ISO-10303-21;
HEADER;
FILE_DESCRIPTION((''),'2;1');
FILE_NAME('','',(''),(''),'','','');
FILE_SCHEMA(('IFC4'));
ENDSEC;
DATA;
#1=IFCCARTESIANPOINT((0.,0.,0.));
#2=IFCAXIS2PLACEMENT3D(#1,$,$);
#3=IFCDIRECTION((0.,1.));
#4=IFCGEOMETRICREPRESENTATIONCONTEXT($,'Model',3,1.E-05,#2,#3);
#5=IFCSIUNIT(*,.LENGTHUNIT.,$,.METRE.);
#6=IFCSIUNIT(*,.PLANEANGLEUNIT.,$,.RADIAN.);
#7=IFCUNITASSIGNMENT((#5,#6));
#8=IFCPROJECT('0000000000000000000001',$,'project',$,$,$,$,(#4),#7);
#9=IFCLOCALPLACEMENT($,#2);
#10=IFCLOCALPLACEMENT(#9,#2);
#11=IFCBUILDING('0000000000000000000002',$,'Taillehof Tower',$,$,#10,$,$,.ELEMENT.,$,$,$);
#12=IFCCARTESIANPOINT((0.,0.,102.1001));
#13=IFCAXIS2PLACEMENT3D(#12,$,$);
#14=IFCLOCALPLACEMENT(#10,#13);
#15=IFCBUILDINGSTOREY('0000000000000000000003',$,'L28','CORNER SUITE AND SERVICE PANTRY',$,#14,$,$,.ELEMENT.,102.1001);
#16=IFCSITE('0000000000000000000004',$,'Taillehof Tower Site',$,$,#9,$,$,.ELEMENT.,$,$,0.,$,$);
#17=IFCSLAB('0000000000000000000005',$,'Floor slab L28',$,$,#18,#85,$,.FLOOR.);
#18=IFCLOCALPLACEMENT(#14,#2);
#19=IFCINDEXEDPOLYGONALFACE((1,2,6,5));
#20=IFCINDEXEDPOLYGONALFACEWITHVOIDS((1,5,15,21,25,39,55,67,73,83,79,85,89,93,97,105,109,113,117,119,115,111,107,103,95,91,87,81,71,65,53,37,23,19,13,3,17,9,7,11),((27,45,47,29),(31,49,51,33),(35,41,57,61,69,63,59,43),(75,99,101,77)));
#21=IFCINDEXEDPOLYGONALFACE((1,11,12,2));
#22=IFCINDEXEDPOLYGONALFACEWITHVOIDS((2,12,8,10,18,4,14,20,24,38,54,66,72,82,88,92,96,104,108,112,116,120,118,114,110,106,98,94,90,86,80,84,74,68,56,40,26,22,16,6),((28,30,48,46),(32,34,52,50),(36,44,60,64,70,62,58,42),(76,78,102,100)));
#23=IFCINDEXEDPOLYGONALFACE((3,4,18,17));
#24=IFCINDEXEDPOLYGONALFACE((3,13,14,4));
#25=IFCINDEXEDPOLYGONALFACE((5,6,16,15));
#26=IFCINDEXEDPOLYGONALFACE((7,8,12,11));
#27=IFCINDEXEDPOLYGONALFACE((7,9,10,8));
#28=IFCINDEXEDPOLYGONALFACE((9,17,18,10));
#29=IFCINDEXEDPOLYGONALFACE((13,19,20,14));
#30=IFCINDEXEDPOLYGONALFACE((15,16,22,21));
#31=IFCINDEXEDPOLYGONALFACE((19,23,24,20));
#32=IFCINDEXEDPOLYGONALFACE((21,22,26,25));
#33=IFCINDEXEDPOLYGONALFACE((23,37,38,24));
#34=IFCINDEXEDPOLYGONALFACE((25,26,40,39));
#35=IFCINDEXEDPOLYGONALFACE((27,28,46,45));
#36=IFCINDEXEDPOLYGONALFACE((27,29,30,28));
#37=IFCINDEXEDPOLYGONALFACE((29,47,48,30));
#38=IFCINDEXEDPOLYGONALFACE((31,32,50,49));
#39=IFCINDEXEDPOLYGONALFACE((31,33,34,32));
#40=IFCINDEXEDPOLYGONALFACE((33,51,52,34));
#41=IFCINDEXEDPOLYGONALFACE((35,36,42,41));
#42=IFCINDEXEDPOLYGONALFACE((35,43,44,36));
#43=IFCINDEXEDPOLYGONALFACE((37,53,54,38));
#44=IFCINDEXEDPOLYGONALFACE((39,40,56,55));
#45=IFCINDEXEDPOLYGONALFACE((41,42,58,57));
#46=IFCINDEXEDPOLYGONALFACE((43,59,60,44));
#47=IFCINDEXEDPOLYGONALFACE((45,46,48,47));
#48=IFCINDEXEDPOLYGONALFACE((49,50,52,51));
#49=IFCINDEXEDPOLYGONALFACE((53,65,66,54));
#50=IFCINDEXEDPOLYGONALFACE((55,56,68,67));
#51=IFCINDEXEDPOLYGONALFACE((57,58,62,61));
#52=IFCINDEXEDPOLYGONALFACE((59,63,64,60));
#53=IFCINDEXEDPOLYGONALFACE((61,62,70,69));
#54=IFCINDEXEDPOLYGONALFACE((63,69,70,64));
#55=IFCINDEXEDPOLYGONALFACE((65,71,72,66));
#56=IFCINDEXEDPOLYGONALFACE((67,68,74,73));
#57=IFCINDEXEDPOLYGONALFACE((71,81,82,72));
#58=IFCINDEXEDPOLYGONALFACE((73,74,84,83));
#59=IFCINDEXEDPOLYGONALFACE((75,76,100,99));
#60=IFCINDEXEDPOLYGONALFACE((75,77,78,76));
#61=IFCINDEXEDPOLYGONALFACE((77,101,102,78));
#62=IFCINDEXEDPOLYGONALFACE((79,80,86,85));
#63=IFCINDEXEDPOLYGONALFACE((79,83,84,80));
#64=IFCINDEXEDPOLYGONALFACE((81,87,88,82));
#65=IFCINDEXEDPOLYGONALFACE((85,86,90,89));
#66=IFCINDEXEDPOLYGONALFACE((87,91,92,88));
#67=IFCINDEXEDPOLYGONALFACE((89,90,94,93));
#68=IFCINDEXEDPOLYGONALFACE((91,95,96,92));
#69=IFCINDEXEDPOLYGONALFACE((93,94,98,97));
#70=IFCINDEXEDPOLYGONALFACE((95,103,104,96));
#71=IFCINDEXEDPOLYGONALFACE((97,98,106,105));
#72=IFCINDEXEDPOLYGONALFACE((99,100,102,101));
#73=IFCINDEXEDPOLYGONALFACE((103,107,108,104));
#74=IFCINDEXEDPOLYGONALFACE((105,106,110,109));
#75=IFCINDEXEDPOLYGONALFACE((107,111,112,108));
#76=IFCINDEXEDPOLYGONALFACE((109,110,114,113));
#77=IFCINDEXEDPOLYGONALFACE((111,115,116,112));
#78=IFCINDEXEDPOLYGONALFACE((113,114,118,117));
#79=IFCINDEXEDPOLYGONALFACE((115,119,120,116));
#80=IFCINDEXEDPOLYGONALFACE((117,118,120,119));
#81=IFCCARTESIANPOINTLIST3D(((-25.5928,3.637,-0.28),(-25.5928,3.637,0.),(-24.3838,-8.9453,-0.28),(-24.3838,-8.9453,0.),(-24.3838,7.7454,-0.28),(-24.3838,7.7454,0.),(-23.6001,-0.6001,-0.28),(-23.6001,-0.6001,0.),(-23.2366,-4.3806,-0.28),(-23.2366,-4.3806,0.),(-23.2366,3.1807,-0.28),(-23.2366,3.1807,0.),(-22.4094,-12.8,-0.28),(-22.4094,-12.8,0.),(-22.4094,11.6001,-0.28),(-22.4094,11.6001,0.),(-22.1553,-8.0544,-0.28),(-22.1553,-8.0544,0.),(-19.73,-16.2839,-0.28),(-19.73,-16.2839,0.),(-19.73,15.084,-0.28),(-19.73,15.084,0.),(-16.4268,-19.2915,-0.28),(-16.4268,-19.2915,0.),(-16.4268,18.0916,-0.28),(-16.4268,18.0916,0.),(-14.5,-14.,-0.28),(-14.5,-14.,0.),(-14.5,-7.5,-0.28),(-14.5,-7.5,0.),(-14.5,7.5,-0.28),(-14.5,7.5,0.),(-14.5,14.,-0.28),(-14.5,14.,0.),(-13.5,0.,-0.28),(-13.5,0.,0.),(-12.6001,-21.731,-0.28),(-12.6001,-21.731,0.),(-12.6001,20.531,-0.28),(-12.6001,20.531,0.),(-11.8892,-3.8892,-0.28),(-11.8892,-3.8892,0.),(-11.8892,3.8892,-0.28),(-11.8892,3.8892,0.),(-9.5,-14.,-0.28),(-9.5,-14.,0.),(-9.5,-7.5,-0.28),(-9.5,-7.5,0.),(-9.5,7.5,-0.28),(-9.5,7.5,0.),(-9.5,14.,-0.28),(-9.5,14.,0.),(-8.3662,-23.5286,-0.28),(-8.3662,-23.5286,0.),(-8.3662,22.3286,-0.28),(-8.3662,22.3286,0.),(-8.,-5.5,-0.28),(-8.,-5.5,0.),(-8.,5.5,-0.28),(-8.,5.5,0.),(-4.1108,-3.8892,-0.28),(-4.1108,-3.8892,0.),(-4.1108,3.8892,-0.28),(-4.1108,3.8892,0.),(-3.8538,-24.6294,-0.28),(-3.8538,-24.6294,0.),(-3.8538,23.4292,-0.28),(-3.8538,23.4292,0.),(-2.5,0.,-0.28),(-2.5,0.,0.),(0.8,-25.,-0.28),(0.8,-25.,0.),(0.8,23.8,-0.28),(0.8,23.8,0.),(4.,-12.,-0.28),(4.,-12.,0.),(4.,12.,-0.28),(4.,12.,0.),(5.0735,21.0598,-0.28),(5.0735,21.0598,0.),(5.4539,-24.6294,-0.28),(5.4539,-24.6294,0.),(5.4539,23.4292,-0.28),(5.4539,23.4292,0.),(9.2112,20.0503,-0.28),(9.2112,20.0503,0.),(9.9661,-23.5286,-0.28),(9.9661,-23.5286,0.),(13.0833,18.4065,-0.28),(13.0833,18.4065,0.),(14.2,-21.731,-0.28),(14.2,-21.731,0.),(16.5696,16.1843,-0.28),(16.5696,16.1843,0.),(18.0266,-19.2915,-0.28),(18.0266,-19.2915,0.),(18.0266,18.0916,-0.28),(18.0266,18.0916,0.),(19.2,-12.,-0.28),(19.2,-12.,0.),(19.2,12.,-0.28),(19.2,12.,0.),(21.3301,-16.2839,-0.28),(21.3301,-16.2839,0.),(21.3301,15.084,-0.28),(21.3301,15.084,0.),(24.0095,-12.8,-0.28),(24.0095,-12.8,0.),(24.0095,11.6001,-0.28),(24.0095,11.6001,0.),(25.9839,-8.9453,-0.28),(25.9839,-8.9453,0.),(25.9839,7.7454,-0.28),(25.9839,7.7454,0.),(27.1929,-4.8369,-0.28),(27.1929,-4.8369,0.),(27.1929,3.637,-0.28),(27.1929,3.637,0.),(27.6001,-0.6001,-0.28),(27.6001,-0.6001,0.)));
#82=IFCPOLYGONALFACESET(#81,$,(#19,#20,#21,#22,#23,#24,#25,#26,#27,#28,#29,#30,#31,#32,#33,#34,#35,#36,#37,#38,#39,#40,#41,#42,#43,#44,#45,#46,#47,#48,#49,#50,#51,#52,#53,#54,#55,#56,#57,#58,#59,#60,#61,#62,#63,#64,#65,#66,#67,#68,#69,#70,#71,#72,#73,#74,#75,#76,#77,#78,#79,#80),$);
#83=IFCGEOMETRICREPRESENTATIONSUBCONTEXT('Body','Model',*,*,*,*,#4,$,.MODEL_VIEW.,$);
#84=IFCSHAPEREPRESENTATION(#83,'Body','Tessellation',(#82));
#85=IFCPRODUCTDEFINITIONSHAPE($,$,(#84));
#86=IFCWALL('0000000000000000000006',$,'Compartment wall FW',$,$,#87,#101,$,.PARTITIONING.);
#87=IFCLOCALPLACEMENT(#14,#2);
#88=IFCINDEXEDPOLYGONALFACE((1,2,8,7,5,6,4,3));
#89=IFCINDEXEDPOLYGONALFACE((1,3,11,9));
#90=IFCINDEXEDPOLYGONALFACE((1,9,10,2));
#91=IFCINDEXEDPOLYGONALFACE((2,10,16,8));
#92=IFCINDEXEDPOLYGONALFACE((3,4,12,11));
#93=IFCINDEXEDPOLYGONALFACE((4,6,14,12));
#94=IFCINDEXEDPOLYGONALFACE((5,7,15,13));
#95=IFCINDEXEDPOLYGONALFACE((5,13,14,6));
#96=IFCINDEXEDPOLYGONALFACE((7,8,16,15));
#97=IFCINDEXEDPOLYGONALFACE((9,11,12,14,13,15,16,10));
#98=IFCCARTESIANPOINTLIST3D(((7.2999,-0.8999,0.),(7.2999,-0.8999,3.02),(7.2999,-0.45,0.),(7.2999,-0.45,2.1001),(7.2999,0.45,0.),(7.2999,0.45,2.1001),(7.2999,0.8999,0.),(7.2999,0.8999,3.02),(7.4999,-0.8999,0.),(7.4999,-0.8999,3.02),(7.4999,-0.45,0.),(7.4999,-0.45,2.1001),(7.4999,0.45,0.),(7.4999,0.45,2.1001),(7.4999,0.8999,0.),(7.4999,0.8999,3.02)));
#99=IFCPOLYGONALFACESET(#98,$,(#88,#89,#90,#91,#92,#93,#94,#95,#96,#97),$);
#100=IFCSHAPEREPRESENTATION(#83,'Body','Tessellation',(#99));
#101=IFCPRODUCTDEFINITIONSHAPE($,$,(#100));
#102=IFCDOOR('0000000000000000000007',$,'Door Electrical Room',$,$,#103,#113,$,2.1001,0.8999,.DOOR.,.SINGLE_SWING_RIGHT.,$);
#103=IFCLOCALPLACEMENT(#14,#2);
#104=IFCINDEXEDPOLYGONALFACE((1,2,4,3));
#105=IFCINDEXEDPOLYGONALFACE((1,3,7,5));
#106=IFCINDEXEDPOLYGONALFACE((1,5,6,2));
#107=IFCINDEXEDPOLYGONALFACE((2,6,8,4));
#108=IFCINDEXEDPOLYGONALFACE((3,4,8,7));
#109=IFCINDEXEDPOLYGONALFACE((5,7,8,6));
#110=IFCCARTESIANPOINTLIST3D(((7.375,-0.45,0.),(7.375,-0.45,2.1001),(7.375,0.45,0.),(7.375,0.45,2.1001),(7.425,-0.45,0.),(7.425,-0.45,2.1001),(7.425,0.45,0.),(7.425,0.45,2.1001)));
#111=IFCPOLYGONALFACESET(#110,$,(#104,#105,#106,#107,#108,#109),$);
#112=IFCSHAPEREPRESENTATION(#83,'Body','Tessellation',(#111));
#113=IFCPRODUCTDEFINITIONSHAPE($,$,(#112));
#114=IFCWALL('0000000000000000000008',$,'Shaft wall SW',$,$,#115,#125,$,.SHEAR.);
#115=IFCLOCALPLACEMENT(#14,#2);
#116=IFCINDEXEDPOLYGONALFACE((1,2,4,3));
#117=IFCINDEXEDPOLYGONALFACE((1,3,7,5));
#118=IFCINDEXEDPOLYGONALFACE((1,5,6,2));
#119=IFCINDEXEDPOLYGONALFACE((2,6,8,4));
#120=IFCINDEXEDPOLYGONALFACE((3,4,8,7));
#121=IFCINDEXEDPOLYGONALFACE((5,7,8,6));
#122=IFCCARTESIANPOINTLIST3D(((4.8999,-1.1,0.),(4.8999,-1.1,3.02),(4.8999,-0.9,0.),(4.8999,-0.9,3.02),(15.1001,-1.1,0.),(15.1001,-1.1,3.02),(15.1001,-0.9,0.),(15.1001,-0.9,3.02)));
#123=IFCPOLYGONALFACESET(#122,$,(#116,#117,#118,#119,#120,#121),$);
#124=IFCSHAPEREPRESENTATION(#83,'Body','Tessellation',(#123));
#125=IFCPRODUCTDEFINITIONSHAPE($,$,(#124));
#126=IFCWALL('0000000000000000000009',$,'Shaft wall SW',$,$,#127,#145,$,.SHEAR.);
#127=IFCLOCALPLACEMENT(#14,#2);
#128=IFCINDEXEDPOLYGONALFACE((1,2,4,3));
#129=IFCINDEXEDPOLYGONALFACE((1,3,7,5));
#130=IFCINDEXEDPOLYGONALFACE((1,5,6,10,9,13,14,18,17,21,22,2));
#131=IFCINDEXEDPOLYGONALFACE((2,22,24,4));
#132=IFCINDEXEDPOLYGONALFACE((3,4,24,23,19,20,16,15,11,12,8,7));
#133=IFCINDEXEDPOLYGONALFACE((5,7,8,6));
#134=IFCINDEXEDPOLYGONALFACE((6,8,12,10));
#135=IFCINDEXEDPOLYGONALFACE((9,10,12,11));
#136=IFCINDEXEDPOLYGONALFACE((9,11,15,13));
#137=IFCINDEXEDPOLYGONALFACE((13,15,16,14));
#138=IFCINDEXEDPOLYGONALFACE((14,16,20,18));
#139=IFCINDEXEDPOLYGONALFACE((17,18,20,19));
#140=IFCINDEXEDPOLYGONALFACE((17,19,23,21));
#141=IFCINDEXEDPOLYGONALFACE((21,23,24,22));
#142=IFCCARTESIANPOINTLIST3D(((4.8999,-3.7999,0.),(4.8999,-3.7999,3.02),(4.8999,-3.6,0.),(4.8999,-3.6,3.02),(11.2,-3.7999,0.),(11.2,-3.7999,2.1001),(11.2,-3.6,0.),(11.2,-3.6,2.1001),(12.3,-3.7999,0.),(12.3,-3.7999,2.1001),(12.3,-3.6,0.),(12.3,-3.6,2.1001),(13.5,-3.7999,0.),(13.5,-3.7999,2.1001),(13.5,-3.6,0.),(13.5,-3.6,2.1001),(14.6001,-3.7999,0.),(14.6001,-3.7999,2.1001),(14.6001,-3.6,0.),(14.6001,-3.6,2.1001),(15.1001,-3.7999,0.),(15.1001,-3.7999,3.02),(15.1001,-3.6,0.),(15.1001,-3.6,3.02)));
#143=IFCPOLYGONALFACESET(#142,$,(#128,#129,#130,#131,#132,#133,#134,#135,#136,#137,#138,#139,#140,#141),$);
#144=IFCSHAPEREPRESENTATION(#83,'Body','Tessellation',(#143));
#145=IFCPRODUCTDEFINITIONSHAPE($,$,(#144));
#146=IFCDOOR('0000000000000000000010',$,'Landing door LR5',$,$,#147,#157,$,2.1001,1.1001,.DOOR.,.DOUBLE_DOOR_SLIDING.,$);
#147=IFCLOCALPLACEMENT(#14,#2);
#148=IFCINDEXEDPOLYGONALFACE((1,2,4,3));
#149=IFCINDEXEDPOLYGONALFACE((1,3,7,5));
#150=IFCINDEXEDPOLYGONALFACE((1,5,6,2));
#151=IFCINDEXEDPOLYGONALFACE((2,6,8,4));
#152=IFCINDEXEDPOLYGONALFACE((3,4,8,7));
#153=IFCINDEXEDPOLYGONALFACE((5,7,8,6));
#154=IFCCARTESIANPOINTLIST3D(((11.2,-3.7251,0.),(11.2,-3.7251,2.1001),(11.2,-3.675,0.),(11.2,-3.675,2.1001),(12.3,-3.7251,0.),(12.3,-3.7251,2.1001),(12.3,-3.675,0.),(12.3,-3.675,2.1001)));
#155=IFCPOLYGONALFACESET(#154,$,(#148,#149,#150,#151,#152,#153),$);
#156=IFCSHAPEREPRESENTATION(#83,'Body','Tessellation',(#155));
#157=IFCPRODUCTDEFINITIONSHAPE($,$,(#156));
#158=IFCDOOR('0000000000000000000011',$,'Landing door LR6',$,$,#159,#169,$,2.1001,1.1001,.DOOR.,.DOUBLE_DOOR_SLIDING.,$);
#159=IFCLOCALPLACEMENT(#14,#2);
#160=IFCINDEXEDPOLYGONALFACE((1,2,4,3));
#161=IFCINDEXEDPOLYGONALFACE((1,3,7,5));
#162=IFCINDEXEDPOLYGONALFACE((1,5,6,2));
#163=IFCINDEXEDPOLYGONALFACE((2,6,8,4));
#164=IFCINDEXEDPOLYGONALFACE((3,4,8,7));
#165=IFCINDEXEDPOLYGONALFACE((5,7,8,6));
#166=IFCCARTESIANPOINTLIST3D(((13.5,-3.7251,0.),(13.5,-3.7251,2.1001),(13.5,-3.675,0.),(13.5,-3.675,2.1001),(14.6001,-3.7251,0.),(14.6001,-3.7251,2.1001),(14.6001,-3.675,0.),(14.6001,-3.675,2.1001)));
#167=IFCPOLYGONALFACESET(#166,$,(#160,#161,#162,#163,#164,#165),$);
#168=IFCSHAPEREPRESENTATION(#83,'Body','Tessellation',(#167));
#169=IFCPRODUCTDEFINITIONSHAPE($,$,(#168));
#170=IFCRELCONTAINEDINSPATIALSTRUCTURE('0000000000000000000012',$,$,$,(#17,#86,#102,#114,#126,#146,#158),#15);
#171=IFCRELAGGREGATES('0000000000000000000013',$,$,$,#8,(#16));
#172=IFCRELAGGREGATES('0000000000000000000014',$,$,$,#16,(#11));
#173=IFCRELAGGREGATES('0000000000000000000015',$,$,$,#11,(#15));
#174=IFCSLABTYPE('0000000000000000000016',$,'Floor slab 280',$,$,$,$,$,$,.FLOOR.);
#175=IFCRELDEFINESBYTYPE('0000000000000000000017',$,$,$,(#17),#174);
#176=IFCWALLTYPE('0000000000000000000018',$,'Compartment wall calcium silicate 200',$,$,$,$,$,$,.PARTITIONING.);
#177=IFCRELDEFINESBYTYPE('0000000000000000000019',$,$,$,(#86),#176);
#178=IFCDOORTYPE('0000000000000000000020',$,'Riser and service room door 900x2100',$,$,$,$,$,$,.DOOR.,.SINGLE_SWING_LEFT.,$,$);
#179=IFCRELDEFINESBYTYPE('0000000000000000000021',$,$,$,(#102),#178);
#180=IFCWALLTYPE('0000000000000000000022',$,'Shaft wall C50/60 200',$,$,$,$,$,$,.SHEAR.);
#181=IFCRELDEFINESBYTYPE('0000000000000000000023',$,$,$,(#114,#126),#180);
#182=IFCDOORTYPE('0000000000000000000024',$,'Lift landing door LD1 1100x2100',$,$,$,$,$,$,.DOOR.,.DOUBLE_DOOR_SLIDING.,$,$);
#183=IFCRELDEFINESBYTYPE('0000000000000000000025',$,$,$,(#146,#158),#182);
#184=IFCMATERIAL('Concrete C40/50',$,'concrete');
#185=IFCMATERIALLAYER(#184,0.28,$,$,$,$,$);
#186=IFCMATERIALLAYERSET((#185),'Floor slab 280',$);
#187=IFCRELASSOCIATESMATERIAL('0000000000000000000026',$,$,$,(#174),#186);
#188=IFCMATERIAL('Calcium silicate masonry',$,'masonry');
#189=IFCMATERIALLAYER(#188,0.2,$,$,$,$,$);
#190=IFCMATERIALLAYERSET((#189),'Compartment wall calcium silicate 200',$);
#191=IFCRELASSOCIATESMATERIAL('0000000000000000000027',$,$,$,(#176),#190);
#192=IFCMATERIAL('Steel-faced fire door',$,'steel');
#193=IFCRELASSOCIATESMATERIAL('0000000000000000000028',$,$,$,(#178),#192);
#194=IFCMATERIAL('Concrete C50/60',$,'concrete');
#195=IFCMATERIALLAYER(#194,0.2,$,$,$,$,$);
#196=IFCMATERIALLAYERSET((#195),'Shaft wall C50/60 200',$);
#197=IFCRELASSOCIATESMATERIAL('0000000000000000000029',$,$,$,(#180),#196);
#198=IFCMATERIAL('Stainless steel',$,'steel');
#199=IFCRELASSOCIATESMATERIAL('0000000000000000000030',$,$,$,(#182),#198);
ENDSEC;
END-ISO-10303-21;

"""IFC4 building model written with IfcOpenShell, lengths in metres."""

from ifc_helpers import new_model, si_unit, direction, frame, frame_2d, origin, place, context, subcontext, project, spatial, polyline, rectangle, outline, extrude, material, layer, layer_set, type_object, element, fill, save


model = new_model("IFC4")

# Units and contexts
model_context = context("Model", 3, precision=1e-05, world=origin(), true_north=direction((0.0, 1.0)))
body_context = subcontext(model_context, "Body", "Model", "MODEL_VIEW")
ifc_project = project(units=[si_unit("LENGTHUNIT", "METRE"), si_unit("PLANEANGLEUNIT", "RADIAN")], contexts=[model_context])

# Site, building, storey
site_placement = place(None, origin())
site = spatial("IfcSite", under=ifc_project, at=site_placement, Name="Taillehof Tower Site", CompositionType="ELEMENT", RefElevation=0.0)
building_placement = place(site_placement, origin())
building = spatial("IfcBuilding", under=site, at=building_placement, Name="Taillehof Tower", CompositionType="ELEMENT")
storey_placement = place(building_placement, frame((0.0, 0.0, 102.1001)))
storey = spatial("IfcBuildingStorey", under=building, at=storey_placement, Name="L28", Description="CORNER SUITE AND SERVICE PANTRY", CompositionType="ELEMENT", Elevation=102.1001)

# Slab
ifc_material_1 = material(Name="Concrete C40/50", Category="concrete")
ifc_layer_1 = layer(ifc_material_1, 0.28)
ifc_layer_set_1 = layer_set([ifc_layer_1], Name="Floor slab 280")
slab_type = type_object("IfcSlabType", Name="Floor slab 280", PredefinedType="FLOOR", material=ifc_layer_set_1)
slab_placement = place(storey_placement, frame((0.0, 0.0, -0.28)))
element("IfcSlab", 1, at=slab_placement, inside=storey, type_object=slab_type, Name="Floor slab L28", PredefinedType="FLOOR", context=body_context, shape_type="SweptSolid", body=[
    extrude(outline(polyline([(27.6001, -0.6001), (27.1929, 3.637), (25.9839, 7.7454), (24.0095, 11.6001), (21.3301, 15.084), (18.0266, 18.0916), (16.5696, 16.1843), (13.0833, 18.4065), (9.2112, 20.0503), (5.0735, 21.0598), (5.4539, 23.4292), (0.8, 23.8), (-3.8538, 23.4292), (-8.3662, 22.3286), (-12.6001, 20.531), (-16.4268, 18.0916), (-19.73, 15.084), (-22.4094, 11.6001), (-24.3838, 7.7454), (-25.5928, 3.637), (-23.2366, 3.1807), (-23.6001, -0.6001), (-23.2366, -4.3806), (-22.1553, -8.0544), (-24.3838, -8.9453), (-22.4094, -12.8), (-19.73, -16.2839), (-16.4268, -19.2915), (-12.6001, -21.731), (-8.3662, -23.5286), (-3.8538, -24.6294), (0.8, -25.0), (5.4539, -24.6294), (9.9661, -23.5286), (14.2, -21.731), (18.0266, -19.2915), (21.3301, -16.2839), (24.0095, -12.8), (25.9839, -8.9453), (27.1929, -4.8369), (27.6001, -0.6001)]), holes=[polyline([(-14.5, -7.5), (-9.5, -7.5), (-9.5, -14.0), (-14.5, -14.0), (-14.5, -7.5)]), polyline([(-8.0, -5.5), (-11.8892, -3.8892), (-13.5, 0.0), (-11.8892, 3.8892), (-8.0, 5.5), (-4.1108, 3.8892), (-2.5, 0.0), (-4.1108, -3.8892), (-8.0, -5.5)]), polyline([(19.2, 12.0), (19.2, -12.0), (4.0, -12.0), (4.0, 12.0), (19.2, 12.0)]), polyline([(-14.5, 14.0), (-9.5, 14.0), (-9.5, 7.5), (-14.5, 7.5), (-14.5, 14.0)])]), origin(), (0.0, 0.0, 1.0), 0.28),
])

# Wall, opening, door
ifc_material_2 = material(Name="Calcium silicate masonry", Category="masonry")
ifc_layer_2 = layer(ifc_material_2, 0.2)
ifc_layer_set_2 = layer_set([ifc_layer_2], Name="Compartment wall calcium silicate 200")
wall_type_1 = type_object("IfcWallType", Name="Compartment wall calcium silicate 200", PredefinedType="PARTITIONING", material=ifc_layer_set_2)
wall_1_placement = place(storey_placement, frame((7.3999, -0.8999, 0.0), z_axis=(0.0, 0.0, 1.0), x_axis=(0.0, 1.0, 0.0)))
wall_1 = element("IfcWall", 2, at=wall_1_placement, inside=storey, type_object=wall_type_1, Name="Compartment wall FW", PredefinedType="PARTITIONING", context=body_context, shape_type="SweptSolid", body=[
    extrude(rectangle(XDim=1.7998, YDim=0.2, at=frame_2d((0.8999, 0.0))), origin(), (0.0, 0.0, 1.0), 3.02),
])
opening_1_placement = place(wall_1_placement, frame((0.45, 0.0, 0.0)))
opening_1 = element("IfcOpeningElement", 3, at=opening_1_placement, cuts=wall_1, PredefinedType="OPENING", context=body_context, shape_type="SweptSolid", body=[
    extrude(rectangle(XDim=0.8999, YDim=2.1001, at=frame_2d((0.45, 1.05))), frame((0.0, 0.1099, 0.0), z_axis=(0.0, -1.0, 0.0), x_axis=(1.0, 0.0, 0.0)), (0.0, 0.0, 1.0), 0.22),
])
ifc_material_3 = material(Name="Steel-faced fire door", Category="steel")
door_type_1 = type_object("IfcDoorType", Name="Riser and service room door 900x2100", OperationType="SINGLE_SWING_LEFT", PredefinedType="DOOR", material=ifc_material_3)
door_1_placement = place(opening_1_placement, origin())
door_1 = element("IfcDoor", 4, at=door_1_placement, inside=storey, type_object=door_type_1, Name="Door Electrical Room", OperationType="SINGLE_SWING_RIGHT", OverallHeight=2.1001, OverallWidth=0.8999, PredefinedType="DOOR", context=body_context, shape_type="SweptSolid", body=[
    extrude(rectangle(XDim=0.8999, YDim=2.1001, at=frame_2d((0.45, 1.05))), frame((0.0, 0.0249, 0.0), z_axis=(0.0, -1.0, 0.0), x_axis=(1.0, 0.0, 0.0)), (0.0, 0.0, 1.0), 0.05),
])
fill(opening_1, door_1)

# Wall
ifc_material_4 = material(Name="Concrete C50/60", Category="concrete")
ifc_layer_3 = layer(ifc_material_4, 0.2)
ifc_layer_set_3 = layer_set([ifc_layer_3], Name="Shaft wall C50/60 200")
wall_type_2 = type_object("IfcWallType", Name="Shaft wall C50/60 200", PredefinedType="SHEAR", material=ifc_layer_set_3)
wall_2_placement = place(storey_placement, frame((4.8999, -1.0, 0.0), z_axis=(0.0, 0.0, 1.0), x_axis=(1.0, 0.0, 0.0)))
element("IfcWall", 5, at=wall_2_placement, inside=storey, type_object=wall_type_2, Name="Shaft wall SW", PredefinedType="SHEAR", context=body_context, shape_type="SweptSolid", body=[
    extrude(rectangle(XDim=10.2002, YDim=0.2, at=frame_2d((5.1001, 0.0))), origin(), (0.0, 0.0, 1.0), 3.02),
])

# Wall, openings, doors
wall_3_placement = place(storey_placement, frame((4.8999, -3.7, 0.0), z_axis=(0.0, 0.0, 1.0), x_axis=(1.0, 0.0, 0.0)))
wall_3 = element("IfcWall", 6, at=wall_3_placement, inside=storey, type_object=wall_type_2, Name="Shaft wall SW", PredefinedType="SHEAR", context=body_context, shape_type="SweptSolid", body=[
    extrude(rectangle(XDim=10.2002, YDim=0.2, at=frame_2d((5.1001, 0.0))), origin(), (0.0, 0.0, 1.0), 3.02),
])
opening_2_placement = place(wall_3_placement, frame((6.3, 0.0, 0.0)))
opening_2 = element("IfcOpeningElement", 7, at=opening_2_placement, cuts=wall_3, PredefinedType="OPENING", context=body_context, shape_type="SweptSolid", body=[
    extrude(rectangle(XDim=1.1001, YDim=2.1001, at=frame_2d((0.55, 1.05))), frame((0.0, 0.1099, 0.0), z_axis=(0.0, -1.0, 0.0), x_axis=(1.0, 0.0, 0.0)), (0.0, 0.0, 1.0), 0.22),
])
opening_3_placement = place(wall_3_placement, frame((8.6001, 0.0, 0.0)))
opening_3 = element("IfcOpeningElement", 8, at=opening_3_placement, cuts=wall_3, PredefinedType="OPENING", context=body_context, shape_type="SweptSolid", body=[
    extrude(rectangle(XDim=1.1001, YDim=2.1001, at=frame_2d((0.55, 1.05))), frame((0.0, 0.1099, 0.0), z_axis=(0.0, -1.0, 0.0), x_axis=(1.0, 0.0, 0.0)), (0.0, 0.0, 1.0), 0.22),
])
ifc_material_5 = material(Name="Stainless steel", Category="steel")
door_type_2 = type_object("IfcDoorType", Name="Lift landing door LD1 1100x2100", OperationType="DOUBLE_DOOR_SLIDING", PredefinedType="DOOR", material=ifc_material_5)
door_2_placement = place(opening_2_placement, origin())
door_2 = element("IfcDoor", 9, at=door_2_placement, inside=storey, type_object=door_type_2, Name="Landing door LR5", OperationType="DOUBLE_DOOR_SLIDING", OverallHeight=2.1001, OverallWidth=1.1001, PredefinedType="DOOR", context=body_context, shape_type="SweptSolid", body=[
    extrude(rectangle(XDim=1.1001, YDim=2.1001, at=frame_2d((0.55, 1.05))), frame((0.0, 0.0249, 0.0), z_axis=(0.0, -1.0, 0.0), x_axis=(1.0, 0.0, 0.0)), (0.0, 0.0, 1.0), 0.05),
])
fill(opening_2, door_2)
door_3_placement = place(opening_3_placement, origin())
door_3 = element("IfcDoor", 10, at=door_3_placement, inside=storey, type_object=door_type_2, Name="Landing door LR6", OperationType="DOUBLE_DOOR_SLIDING", OverallHeight=2.1001, OverallWidth=1.1001, PredefinedType="DOOR", context=body_context, shape_type="SweptSolid", body=[
    extrude(rectangle(XDim=1.1001, YDim=2.1001, at=frame_2d((0.55, 1.05))), frame((0.0, 0.0249, 0.0), z_axis=(0.0, -1.0, 0.0), x_axis=(1.0, 0.0, 0.0)), (0.0, 0.0, 1.0), 0.05),
])
fill(opening_3, door_3)

save(model, "model.ifc")
